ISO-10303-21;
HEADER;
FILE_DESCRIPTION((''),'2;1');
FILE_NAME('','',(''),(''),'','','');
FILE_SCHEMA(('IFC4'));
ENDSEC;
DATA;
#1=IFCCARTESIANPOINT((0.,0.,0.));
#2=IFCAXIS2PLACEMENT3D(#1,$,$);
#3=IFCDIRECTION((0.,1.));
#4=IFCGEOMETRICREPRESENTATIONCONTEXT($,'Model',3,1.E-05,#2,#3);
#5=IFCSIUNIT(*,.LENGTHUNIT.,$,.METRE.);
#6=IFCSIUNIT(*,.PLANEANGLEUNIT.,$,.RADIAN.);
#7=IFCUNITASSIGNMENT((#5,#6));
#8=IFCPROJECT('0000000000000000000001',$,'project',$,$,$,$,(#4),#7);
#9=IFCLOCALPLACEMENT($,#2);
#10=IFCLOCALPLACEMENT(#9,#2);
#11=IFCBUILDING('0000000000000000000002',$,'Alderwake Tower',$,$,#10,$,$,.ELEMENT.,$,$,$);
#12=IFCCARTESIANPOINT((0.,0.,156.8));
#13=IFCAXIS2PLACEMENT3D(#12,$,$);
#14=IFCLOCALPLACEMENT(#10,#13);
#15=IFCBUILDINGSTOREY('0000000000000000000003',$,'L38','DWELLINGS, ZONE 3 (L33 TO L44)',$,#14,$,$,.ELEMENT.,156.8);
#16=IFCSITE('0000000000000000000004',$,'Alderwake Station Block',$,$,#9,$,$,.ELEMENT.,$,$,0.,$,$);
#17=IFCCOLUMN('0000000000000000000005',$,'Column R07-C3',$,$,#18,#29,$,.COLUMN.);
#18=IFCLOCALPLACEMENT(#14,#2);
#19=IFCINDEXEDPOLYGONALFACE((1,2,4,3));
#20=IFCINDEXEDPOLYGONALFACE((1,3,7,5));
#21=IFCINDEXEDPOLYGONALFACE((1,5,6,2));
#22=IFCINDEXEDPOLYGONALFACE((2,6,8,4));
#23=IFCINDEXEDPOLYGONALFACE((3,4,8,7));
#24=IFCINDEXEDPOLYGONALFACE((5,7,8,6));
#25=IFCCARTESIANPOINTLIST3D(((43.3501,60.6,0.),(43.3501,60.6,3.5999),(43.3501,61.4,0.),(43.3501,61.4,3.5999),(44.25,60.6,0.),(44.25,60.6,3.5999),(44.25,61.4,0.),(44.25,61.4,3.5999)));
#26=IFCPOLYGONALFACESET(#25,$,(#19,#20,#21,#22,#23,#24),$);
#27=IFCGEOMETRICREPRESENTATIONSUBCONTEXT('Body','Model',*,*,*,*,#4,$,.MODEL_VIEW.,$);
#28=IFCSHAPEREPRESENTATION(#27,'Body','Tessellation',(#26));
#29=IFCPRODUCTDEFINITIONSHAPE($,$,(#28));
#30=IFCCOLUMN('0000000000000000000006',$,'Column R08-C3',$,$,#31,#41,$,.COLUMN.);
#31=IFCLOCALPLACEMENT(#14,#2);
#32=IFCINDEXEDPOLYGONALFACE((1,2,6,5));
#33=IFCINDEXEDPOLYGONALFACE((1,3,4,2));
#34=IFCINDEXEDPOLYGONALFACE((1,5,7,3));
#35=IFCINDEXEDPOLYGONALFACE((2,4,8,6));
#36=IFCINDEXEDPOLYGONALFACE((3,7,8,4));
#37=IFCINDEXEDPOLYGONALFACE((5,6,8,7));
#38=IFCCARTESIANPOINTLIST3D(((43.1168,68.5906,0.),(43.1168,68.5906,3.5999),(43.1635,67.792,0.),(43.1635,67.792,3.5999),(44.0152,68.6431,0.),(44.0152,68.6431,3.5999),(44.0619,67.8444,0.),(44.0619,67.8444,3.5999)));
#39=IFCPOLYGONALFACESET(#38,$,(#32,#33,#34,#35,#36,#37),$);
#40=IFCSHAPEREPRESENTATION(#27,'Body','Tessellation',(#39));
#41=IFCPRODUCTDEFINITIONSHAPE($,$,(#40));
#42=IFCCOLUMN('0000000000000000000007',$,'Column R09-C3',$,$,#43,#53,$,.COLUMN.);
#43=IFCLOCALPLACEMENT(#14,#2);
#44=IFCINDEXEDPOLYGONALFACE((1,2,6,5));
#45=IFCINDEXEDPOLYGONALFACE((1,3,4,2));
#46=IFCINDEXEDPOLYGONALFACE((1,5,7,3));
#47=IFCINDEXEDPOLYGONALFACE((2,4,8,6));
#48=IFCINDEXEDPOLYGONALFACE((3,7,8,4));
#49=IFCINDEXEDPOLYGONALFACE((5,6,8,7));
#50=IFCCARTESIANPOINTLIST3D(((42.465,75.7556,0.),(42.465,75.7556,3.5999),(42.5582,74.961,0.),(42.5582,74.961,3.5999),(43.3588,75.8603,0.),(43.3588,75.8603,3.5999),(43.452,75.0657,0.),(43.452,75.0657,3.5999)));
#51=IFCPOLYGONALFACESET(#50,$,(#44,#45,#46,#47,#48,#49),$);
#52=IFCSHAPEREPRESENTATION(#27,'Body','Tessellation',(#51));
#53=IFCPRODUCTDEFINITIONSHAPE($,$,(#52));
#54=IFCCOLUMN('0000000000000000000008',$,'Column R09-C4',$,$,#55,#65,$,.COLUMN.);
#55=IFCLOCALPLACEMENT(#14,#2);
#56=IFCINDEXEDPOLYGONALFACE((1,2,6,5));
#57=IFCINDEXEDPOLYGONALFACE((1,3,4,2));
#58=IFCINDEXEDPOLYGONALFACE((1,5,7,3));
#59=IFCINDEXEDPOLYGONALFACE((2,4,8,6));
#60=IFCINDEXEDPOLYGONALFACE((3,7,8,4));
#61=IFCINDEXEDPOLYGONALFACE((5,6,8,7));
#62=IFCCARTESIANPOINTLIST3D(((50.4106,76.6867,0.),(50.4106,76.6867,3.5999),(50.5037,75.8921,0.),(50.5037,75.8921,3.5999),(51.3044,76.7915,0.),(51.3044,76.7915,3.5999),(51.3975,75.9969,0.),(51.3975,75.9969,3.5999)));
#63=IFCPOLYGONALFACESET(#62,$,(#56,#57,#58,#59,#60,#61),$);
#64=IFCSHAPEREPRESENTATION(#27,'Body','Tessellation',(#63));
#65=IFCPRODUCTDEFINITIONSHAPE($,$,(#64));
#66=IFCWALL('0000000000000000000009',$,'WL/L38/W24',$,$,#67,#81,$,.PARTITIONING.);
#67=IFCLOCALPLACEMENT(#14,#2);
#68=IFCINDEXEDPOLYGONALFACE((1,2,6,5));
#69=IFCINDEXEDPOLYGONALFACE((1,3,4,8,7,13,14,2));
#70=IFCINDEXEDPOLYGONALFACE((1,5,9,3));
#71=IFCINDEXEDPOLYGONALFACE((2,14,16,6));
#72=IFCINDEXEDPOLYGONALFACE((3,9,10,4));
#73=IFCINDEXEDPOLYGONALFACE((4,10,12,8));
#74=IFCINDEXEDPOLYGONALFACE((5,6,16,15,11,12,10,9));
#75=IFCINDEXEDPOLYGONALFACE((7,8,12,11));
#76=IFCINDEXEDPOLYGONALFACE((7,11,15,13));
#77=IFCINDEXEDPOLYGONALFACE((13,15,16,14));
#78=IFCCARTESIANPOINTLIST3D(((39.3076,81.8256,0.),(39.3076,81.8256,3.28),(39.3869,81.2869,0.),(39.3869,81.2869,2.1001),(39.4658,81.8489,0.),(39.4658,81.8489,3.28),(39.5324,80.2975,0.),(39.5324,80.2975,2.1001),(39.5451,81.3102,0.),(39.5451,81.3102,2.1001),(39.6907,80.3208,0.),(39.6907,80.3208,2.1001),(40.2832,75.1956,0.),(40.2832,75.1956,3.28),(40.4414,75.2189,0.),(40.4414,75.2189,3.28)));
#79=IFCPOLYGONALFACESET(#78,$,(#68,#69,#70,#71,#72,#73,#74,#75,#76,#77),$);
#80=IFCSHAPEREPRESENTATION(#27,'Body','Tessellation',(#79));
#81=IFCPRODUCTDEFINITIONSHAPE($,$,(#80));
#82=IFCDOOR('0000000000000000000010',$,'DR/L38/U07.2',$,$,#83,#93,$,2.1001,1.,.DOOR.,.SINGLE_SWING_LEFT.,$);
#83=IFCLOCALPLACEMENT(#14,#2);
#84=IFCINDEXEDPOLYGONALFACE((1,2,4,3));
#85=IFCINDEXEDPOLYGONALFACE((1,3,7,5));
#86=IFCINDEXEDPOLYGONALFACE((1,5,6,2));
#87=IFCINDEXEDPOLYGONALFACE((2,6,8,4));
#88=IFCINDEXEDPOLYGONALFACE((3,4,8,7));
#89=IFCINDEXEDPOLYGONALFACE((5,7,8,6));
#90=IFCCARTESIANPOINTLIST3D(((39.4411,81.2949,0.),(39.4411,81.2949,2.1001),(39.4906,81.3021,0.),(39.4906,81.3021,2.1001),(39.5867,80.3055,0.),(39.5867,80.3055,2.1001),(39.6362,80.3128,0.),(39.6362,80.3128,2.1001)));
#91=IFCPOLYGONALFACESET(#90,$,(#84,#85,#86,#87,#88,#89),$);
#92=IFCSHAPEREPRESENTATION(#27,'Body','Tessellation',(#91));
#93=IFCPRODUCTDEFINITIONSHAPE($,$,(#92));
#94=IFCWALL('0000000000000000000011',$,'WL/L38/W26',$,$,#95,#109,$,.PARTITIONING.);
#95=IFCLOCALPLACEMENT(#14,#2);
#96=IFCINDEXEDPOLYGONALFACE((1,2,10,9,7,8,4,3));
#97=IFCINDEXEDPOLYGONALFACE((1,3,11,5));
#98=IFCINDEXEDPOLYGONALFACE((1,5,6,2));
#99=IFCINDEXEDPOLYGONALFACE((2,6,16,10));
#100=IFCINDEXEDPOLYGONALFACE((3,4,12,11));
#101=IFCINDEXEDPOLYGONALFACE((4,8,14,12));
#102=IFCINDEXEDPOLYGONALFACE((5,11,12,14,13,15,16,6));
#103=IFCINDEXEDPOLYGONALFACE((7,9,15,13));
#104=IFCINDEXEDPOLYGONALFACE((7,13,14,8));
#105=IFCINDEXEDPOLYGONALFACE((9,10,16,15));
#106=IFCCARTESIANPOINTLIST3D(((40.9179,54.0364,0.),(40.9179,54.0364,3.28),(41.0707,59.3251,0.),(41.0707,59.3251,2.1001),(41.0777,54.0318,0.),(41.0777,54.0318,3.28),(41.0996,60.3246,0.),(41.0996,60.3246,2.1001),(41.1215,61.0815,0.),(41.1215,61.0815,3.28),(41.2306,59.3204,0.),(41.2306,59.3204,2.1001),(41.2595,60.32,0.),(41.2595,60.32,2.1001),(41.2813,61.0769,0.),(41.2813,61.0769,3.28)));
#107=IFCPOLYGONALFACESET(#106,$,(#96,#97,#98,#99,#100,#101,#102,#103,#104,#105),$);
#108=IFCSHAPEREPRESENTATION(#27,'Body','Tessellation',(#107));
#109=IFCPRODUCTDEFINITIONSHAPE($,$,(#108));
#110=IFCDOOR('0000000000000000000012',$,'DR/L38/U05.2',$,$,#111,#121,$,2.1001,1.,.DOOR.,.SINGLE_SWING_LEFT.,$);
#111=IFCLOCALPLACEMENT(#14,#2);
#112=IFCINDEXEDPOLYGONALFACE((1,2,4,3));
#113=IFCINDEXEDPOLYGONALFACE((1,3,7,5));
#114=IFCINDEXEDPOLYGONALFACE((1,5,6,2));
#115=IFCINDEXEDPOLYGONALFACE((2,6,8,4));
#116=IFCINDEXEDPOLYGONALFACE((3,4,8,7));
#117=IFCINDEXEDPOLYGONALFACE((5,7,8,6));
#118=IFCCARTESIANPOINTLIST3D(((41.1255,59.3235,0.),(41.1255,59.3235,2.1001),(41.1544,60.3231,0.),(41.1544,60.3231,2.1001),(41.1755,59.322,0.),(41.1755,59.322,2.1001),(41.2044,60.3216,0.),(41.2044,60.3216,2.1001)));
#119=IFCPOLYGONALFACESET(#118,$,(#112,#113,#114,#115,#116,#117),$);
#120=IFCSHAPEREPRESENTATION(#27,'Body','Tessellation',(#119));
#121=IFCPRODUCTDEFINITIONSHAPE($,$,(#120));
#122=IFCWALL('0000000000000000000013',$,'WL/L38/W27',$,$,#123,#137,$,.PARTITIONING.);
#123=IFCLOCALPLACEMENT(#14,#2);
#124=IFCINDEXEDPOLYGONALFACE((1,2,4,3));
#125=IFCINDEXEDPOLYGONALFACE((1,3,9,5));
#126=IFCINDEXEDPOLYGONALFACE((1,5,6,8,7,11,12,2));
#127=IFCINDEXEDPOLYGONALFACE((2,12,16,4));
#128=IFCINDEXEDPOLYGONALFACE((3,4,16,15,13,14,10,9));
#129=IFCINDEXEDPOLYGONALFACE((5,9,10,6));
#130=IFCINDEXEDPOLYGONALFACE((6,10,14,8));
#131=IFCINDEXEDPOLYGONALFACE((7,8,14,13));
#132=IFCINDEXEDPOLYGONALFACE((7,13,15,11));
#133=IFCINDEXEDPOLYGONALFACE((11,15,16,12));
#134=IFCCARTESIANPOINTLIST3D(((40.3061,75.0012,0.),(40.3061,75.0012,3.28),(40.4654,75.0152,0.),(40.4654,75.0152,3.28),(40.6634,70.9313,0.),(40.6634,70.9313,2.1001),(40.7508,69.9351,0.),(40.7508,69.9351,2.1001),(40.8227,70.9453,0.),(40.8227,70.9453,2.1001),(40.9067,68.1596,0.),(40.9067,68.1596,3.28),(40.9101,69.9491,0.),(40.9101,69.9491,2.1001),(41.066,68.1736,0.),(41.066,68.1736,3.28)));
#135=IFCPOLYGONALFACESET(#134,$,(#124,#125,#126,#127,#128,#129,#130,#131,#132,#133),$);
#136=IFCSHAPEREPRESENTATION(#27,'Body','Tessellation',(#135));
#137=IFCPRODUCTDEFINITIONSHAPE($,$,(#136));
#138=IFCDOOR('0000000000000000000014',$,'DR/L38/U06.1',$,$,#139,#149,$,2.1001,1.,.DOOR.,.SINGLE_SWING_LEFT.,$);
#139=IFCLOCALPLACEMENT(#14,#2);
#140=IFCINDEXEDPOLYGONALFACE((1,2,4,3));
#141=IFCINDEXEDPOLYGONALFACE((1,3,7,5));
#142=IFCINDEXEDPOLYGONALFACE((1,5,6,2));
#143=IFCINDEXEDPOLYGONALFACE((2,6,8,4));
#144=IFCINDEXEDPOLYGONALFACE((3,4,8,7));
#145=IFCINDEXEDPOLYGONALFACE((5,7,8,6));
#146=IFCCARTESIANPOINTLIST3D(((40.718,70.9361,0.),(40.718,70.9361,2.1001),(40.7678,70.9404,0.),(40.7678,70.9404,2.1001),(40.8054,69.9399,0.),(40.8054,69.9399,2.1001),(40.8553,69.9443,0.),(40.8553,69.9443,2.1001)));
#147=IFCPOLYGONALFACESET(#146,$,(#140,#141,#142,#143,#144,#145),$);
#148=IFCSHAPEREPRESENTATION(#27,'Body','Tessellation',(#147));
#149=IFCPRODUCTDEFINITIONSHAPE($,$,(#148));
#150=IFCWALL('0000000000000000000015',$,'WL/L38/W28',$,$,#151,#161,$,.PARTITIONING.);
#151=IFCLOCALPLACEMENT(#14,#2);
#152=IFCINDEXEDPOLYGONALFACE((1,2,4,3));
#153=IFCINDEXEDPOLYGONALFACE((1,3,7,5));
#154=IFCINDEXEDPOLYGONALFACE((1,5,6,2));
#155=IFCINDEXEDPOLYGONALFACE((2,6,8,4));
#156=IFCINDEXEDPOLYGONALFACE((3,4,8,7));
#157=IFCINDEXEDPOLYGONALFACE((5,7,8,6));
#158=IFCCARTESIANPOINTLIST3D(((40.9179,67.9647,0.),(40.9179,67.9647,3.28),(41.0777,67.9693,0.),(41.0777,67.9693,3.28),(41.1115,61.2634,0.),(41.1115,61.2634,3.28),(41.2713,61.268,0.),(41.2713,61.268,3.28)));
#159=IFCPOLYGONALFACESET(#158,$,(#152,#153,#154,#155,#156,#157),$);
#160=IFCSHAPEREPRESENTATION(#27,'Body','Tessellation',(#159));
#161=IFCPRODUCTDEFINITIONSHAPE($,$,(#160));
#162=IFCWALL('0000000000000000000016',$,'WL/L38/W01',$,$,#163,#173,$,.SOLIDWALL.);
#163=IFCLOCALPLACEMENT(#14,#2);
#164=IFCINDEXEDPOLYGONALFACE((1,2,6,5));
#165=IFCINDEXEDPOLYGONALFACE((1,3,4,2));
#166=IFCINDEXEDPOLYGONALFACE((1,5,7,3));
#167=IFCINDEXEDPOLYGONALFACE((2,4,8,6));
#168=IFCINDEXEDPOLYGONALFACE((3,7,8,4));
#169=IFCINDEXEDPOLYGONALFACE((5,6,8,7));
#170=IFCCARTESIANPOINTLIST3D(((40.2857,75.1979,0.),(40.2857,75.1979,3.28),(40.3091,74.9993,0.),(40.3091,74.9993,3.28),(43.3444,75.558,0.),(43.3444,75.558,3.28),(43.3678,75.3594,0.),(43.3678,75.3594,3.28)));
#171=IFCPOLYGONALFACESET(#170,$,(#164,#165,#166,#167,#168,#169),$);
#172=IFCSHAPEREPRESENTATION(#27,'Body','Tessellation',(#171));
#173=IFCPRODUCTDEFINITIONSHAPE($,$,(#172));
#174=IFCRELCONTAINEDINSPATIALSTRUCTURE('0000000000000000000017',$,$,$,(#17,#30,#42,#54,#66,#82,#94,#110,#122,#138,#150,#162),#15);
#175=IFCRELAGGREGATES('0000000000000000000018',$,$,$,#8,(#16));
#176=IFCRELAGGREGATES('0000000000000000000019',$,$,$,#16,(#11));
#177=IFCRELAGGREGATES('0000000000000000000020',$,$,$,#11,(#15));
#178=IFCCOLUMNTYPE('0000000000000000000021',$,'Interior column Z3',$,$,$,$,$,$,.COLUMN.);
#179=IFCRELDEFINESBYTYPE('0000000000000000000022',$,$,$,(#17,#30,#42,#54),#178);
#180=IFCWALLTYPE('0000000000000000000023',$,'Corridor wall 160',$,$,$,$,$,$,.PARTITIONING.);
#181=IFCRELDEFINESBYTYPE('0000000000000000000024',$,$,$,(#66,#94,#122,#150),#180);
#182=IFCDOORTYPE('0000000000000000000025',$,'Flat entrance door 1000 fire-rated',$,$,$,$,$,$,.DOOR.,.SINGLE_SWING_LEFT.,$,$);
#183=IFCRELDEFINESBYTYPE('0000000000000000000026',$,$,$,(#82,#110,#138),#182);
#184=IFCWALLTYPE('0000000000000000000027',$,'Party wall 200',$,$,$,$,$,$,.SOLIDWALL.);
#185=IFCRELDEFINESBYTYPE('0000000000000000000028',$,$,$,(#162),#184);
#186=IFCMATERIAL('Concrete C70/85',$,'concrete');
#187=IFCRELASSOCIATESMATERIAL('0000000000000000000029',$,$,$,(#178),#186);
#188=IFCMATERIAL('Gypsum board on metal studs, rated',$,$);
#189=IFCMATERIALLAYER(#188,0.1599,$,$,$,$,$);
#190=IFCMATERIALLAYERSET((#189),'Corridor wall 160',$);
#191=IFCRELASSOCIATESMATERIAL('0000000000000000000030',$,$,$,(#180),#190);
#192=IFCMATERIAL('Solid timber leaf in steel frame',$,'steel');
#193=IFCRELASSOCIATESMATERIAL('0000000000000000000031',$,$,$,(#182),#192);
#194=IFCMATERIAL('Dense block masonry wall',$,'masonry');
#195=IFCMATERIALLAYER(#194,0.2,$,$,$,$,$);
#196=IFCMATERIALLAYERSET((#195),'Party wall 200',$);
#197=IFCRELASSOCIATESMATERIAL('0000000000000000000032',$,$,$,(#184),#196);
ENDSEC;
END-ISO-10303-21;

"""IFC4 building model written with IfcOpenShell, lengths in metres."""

from ifc_helpers import new_model, si_unit, direction, frame, frame_2d, origin, origin_2d, place, context, subcontext, project, spatial, rectangle, extrude, material, layer, layer_set, material_profile, profile_set, type_object, element, fill, save


model = new_model("IFC4")

# Units and contexts
model_context = context("Model", 3, precision=1e-05, world=origin(), true_north=direction((0.0, 1.0)))
body_context = subcontext(model_context, "Body", "Model", "MODEL_VIEW")
ifc_project = project(units=[si_unit("LENGTHUNIT", "METRE"), si_unit("PLANEANGLEUNIT", "RADIAN")], contexts=[model_context])

# Site, building, storey
site_placement = place(None, origin())
site = spatial("IfcSite", under=ifc_project, at=site_placement, Name="Alderwake Station Block", CompositionType="ELEMENT", RefElevation=0.0)
building_placement = place(site_placement, origin())
building = spatial("IfcBuilding", under=site, at=building_placement, Name="Alderwake Tower", CompositionType="ELEMENT")
storey_placement = place(building_placement, frame((0.0, 0.0, 156.8)))
storey = spatial("IfcBuildingStorey", under=building, at=storey_placement, Name="L38", Description="DWELLINGS, ZONE 3 (L33 TO L44)", CompositionType="ELEMENT", Elevation=156.8)

# Columns
ifc_material_1 = material(Name="Concrete C70/85", Category="concrete")
ifc_material_profile = material_profile(ifc_material_1, rectangle(XDim=0.8, YDim=0.8999, at=origin_2d()), Name="RC 900X800")
ifc_profile_set = profile_set([ifc_material_profile], Name="Concrete C70/85")
column_type = type_object("IfcColumnType", Name="Interior column Z3", PredefinedType="COLUMN", material=ifc_profile_set)
for number, where, z_axis, x_axis, name in (
    (1, (43.8, 61.0, 0.0), (0.0, 0.0, 1.0), (0.0, 1.0, 0.0), "Column R07-C3"),
    (2, (43.5894, 68.2175, 0.0), (0.0, 0.0, 1.0), (-0.058301, 0.998299, 0.0), "Column R08-C3"),
    (3, (42.9585, 75.4106, 0.0), (0.0, 0.0, 1.0), (-0.116402, 0.993202, 0.0), "Column R09-C3"),
    (4, (50.9041, 76.3418, 0.0), (0.0, 0.0, 1.0), (-0.116402, 0.993202, 0.0), "Column R09-C4"),
):
    element("IfcColumn", number, at=place(storey_placement, frame(where, z_axis=z_axis, x_axis=x_axis)), inside=storey, type_object=column_type, Name=name, PredefinedType="COLUMN", context=body_context, shape_type="SweptSolid", body=[
        extrude(rectangle(XDim=0.8, YDim=0.8999, at=origin_2d()), origin(), (0.0, 0.0, 1.0), 3.5999),
    ])

# Walls, openings, doors
ifc_material_2 = material(Name="Gypsum board on metal studs, rated")
ifc_layer_1 = layer(ifc_material_2, 0.1599)
ifc_layer_set_1 = layer_set([ifc_layer_1], Name="Corridor wall 160")
wall_type_1 = type_object("IfcWallType", Name="Corridor wall 160", PredefinedType="PARTITIONING", material=ifc_layer_set_1)
wall_1_placement = place(storey_placement, frame((39.3867, 81.8372, 0.0), z_axis=(0.0, 0.0, 1.0), x_axis=(0.145577, -0.989347, 0.0)))
wall_1 = element("IfcWall", 5, at=wall_1_placement, inside=storey, type_object=wall_type_1, Name="WL/L38/W24", PredefinedType="PARTITIONING", context=body_context, shape_type="SweptSolid", body=[
    extrude(rectangle(XDim=6.7014, YDim=0.1599, at=frame_2d((3.3506, 0.0))), origin(), (0.0, 0.0, 1.0), 3.28),
])
opening_1_placement = place(wall_1_placement, frame((0.5444, 0.0, 0.0)))
opening_1 = element("IfcOpeningElement", 6, at=opening_1_placement, cuts=wall_1, PredefinedType="OPENING", context=body_context, shape_type="SweptSolid", body=[
    extrude(rectangle(XDim=1.0, YDim=2.1001, at=frame_2d((0.5, 1.05))), frame((0.0, 0.0898, 0.0), z_axis=(0.0, -1.0, 0.0), x_axis=(1.0, 0.0, 0.0)), (0.0, 0.0, 1.0), 0.1799),
])
ifc_material_3 = material(Name="Solid timber leaf in steel frame", Category="steel")
door_type_1 = type_object("IfcDoorType", Name="Flat entrance door 1000 fire-rated", OperationType="SINGLE_SWING_LEFT", PredefinedType="DOOR", material=ifc_material_3)
door_1_placement = place(opening_1_placement, origin())
door_1 = element("IfcDoor", 7, at=door_1_placement, inside=storey, type_object=door_type_1, Name="DR/L38/U07.2", OperationType="SINGLE_SWING_LEFT", OverallHeight=2.1001, OverallWidth=1.0, PredefinedType="DOOR", context=body_context, shape_type="SweptSolid", body=[
    extrude(rectangle(XDim=1.0, YDim=2.1001, at=frame_2d((0.5, 1.05))), frame((0.0, 0.0249, 0.0), z_axis=(0.0, -1.0, 0.0), x_axis=(1.0, 0.0, 0.0)), (0.0, 0.0, 1.0), 0.05),
])
fill(opening_1, door_1)
wall_2_placement = place(storey_placement, frame((41.2014, 61.0791, 0.0), z_axis=(0.0, 0.0, 1.0), x_axis=(-0.028889, -0.999583, 0.0)))
wall_2 = element("IfcWall", 8, at=wall_2_placement, inside=storey, type_object=wall_type_1, Name="WL/L38/W26", PredefinedType="PARTITIONING", context=body_context, shape_type="SweptSolid", body=[
    extrude(rectangle(XDim=7.0481, YDim=0.1599, at=frame_2d((3.5239, 0.0))), origin(), (0.0, 0.0, 1.0), 3.28),
])
opening_2_placement = place(wall_2_placement, frame((0.7571, 0.0, 0.0)))
opening_2 = element("IfcOpeningElement", 9, at=opening_2_placement, cuts=wall_2, PredefinedType="OPENING", context=body_context, shape_type="SweptSolid", body=[
    extrude(rectangle(XDim=1.0, YDim=2.1001, at=frame_2d((0.5, 1.05))), frame((0.0, 0.0898, 0.0), z_axis=(0.0, -1.0, 0.0), x_axis=(1.0, 0.0, 0.0)), (0.0, 0.0, 1.0), 0.1799),
])
door_2_placement = place(opening_2_placement, origin())
door_2 = element("IfcDoor", 10, at=door_2_placement, inside=storey, type_object=door_type_1, Name="DR/L38/U05.2", OperationType="SINGLE_SWING_LEFT", OverallHeight=2.1001, OverallWidth=1.0, PredefinedType="DOOR", context=body_context, shape_type="SweptSolid", body=[
    extrude(rectangle(XDim=1.0, YDim=2.1001, at=frame_2d((0.5, 1.05))), frame((0.0, 0.0249, 0.0), z_axis=(0.0, -1.0, 0.0), x_axis=(1.0, 0.0, 0.0)), (0.0, 0.0, 1.0), 0.05),
])
fill(opening_2, door_2)
wall_3_placement = place(storey_placement, frame((40.3857, 75.0083, 0.0), z_axis=(0.0, 0.0, 1.0), x_axis=(0.087449, -0.996169, 0.0)))
wall_3 = element("IfcWall", 11, at=wall_3_placement, inside=storey, type_object=wall_type_1, Name="WL/L38/W27", PredefinedType="PARTITIONING", context=body_context, shape_type="SweptSolid", body=[
    extrude(rectangle(XDim=6.8679, YDim=0.1599, at=frame_2d((3.4341, 0.0))), origin(), (0.0, 0.0, 1.0), 3.28),
])
opening_3_placement = place(wall_3_placement, frame((4.0857, 0.0, 0.0)))
opening_3 = element("IfcOpeningElement", 12, at=opening_3_placement, cuts=wall_3, PredefinedType="OPENING", context=body_context, shape_type="SweptSolid", body=[
    extrude(rectangle(XDim=1.0, YDim=2.1001, at=frame_2d((0.5, 1.05))), frame((0.0, 0.0898, 0.0), z_axis=(0.0, -1.0, 0.0), x_axis=(1.0, 0.0, 0.0)), (0.0, 0.0, 1.0), 0.1799),
])
door_3_placement = place(opening_3_placement, origin())
door_3 = element("IfcDoor", 13, at=door_3_placement, inside=storey, type_object=door_type_1, Name="DR/L38/U06.1", OperationType="SINGLE_SWING_LEFT", OverallHeight=2.1001, OverallWidth=1.0, PredefinedType="DOOR", context=body_context, shape_type="SweptSolid", body=[
    extrude(rectangle(XDim=1.0, YDim=2.1001, at=frame_2d((0.5, 1.05))), frame((0.0, 0.0249, 0.0), z_axis=(0.0, -1.0, 0.0), x_axis=(1.0, 0.0, 0.0)), (0.0, 0.0, 1.0), 0.05),
])
fill(opening_3, door_3)

# Walls
wall_4_placement = place(storey_placement, frame((40.9978, 67.967, 0.0), z_axis=(0.0, 0.0, 1.0), x_axis=(0.028878, -0.999583, 0.0)))
element("IfcWall", 14, at=wall_4_placement, inside=storey, type_object=wall_type_1, Name="WL/L38/W28", PredefinedType="PARTITIONING", context=body_context, shape_type="SweptSolid", body=[
    extrude(rectangle(XDim=6.7041, YDim=0.1599, at=frame_2d((3.3521, 0.0))), origin(), (0.0, 0.0, 1.0), 3.28),
])
ifc_material_4 = material(Name="Dense block masonry wall", Category="masonry")
ifc_layer_2 = layer(ifc_material_4, 0.2)
ifc_layer_set_2 = layer_set([ifc_layer_2], Name="Party wall 200")
wall_type_2 = type_object("IfcWallType", Name="Party wall 200", PredefinedType="SOLIDWALL", material=ifc_layer_set_2)
wall_5_placement = place(storey_placement, frame((43.3562, 75.4587, 0.0), z_axis=(0.0, 0.0, 1.0), x_axis=(-0.99314, -0.116929, 0.0)))
element("IfcWall", 15, at=wall_5_placement, inside=storey, type_object=wall_type_2, Name="WL/L38/W01", PredefinedType="SOLIDWALL", context=body_context, shape_type="SweptSolid", body=[
    extrude(rectangle(XDim=3.0798, YDim=0.2, at=frame_2d((1.54, 0.0))), origin(), (0.0, 0.0, 1.0), 3.28),
])

save(model, "model.ifc")
